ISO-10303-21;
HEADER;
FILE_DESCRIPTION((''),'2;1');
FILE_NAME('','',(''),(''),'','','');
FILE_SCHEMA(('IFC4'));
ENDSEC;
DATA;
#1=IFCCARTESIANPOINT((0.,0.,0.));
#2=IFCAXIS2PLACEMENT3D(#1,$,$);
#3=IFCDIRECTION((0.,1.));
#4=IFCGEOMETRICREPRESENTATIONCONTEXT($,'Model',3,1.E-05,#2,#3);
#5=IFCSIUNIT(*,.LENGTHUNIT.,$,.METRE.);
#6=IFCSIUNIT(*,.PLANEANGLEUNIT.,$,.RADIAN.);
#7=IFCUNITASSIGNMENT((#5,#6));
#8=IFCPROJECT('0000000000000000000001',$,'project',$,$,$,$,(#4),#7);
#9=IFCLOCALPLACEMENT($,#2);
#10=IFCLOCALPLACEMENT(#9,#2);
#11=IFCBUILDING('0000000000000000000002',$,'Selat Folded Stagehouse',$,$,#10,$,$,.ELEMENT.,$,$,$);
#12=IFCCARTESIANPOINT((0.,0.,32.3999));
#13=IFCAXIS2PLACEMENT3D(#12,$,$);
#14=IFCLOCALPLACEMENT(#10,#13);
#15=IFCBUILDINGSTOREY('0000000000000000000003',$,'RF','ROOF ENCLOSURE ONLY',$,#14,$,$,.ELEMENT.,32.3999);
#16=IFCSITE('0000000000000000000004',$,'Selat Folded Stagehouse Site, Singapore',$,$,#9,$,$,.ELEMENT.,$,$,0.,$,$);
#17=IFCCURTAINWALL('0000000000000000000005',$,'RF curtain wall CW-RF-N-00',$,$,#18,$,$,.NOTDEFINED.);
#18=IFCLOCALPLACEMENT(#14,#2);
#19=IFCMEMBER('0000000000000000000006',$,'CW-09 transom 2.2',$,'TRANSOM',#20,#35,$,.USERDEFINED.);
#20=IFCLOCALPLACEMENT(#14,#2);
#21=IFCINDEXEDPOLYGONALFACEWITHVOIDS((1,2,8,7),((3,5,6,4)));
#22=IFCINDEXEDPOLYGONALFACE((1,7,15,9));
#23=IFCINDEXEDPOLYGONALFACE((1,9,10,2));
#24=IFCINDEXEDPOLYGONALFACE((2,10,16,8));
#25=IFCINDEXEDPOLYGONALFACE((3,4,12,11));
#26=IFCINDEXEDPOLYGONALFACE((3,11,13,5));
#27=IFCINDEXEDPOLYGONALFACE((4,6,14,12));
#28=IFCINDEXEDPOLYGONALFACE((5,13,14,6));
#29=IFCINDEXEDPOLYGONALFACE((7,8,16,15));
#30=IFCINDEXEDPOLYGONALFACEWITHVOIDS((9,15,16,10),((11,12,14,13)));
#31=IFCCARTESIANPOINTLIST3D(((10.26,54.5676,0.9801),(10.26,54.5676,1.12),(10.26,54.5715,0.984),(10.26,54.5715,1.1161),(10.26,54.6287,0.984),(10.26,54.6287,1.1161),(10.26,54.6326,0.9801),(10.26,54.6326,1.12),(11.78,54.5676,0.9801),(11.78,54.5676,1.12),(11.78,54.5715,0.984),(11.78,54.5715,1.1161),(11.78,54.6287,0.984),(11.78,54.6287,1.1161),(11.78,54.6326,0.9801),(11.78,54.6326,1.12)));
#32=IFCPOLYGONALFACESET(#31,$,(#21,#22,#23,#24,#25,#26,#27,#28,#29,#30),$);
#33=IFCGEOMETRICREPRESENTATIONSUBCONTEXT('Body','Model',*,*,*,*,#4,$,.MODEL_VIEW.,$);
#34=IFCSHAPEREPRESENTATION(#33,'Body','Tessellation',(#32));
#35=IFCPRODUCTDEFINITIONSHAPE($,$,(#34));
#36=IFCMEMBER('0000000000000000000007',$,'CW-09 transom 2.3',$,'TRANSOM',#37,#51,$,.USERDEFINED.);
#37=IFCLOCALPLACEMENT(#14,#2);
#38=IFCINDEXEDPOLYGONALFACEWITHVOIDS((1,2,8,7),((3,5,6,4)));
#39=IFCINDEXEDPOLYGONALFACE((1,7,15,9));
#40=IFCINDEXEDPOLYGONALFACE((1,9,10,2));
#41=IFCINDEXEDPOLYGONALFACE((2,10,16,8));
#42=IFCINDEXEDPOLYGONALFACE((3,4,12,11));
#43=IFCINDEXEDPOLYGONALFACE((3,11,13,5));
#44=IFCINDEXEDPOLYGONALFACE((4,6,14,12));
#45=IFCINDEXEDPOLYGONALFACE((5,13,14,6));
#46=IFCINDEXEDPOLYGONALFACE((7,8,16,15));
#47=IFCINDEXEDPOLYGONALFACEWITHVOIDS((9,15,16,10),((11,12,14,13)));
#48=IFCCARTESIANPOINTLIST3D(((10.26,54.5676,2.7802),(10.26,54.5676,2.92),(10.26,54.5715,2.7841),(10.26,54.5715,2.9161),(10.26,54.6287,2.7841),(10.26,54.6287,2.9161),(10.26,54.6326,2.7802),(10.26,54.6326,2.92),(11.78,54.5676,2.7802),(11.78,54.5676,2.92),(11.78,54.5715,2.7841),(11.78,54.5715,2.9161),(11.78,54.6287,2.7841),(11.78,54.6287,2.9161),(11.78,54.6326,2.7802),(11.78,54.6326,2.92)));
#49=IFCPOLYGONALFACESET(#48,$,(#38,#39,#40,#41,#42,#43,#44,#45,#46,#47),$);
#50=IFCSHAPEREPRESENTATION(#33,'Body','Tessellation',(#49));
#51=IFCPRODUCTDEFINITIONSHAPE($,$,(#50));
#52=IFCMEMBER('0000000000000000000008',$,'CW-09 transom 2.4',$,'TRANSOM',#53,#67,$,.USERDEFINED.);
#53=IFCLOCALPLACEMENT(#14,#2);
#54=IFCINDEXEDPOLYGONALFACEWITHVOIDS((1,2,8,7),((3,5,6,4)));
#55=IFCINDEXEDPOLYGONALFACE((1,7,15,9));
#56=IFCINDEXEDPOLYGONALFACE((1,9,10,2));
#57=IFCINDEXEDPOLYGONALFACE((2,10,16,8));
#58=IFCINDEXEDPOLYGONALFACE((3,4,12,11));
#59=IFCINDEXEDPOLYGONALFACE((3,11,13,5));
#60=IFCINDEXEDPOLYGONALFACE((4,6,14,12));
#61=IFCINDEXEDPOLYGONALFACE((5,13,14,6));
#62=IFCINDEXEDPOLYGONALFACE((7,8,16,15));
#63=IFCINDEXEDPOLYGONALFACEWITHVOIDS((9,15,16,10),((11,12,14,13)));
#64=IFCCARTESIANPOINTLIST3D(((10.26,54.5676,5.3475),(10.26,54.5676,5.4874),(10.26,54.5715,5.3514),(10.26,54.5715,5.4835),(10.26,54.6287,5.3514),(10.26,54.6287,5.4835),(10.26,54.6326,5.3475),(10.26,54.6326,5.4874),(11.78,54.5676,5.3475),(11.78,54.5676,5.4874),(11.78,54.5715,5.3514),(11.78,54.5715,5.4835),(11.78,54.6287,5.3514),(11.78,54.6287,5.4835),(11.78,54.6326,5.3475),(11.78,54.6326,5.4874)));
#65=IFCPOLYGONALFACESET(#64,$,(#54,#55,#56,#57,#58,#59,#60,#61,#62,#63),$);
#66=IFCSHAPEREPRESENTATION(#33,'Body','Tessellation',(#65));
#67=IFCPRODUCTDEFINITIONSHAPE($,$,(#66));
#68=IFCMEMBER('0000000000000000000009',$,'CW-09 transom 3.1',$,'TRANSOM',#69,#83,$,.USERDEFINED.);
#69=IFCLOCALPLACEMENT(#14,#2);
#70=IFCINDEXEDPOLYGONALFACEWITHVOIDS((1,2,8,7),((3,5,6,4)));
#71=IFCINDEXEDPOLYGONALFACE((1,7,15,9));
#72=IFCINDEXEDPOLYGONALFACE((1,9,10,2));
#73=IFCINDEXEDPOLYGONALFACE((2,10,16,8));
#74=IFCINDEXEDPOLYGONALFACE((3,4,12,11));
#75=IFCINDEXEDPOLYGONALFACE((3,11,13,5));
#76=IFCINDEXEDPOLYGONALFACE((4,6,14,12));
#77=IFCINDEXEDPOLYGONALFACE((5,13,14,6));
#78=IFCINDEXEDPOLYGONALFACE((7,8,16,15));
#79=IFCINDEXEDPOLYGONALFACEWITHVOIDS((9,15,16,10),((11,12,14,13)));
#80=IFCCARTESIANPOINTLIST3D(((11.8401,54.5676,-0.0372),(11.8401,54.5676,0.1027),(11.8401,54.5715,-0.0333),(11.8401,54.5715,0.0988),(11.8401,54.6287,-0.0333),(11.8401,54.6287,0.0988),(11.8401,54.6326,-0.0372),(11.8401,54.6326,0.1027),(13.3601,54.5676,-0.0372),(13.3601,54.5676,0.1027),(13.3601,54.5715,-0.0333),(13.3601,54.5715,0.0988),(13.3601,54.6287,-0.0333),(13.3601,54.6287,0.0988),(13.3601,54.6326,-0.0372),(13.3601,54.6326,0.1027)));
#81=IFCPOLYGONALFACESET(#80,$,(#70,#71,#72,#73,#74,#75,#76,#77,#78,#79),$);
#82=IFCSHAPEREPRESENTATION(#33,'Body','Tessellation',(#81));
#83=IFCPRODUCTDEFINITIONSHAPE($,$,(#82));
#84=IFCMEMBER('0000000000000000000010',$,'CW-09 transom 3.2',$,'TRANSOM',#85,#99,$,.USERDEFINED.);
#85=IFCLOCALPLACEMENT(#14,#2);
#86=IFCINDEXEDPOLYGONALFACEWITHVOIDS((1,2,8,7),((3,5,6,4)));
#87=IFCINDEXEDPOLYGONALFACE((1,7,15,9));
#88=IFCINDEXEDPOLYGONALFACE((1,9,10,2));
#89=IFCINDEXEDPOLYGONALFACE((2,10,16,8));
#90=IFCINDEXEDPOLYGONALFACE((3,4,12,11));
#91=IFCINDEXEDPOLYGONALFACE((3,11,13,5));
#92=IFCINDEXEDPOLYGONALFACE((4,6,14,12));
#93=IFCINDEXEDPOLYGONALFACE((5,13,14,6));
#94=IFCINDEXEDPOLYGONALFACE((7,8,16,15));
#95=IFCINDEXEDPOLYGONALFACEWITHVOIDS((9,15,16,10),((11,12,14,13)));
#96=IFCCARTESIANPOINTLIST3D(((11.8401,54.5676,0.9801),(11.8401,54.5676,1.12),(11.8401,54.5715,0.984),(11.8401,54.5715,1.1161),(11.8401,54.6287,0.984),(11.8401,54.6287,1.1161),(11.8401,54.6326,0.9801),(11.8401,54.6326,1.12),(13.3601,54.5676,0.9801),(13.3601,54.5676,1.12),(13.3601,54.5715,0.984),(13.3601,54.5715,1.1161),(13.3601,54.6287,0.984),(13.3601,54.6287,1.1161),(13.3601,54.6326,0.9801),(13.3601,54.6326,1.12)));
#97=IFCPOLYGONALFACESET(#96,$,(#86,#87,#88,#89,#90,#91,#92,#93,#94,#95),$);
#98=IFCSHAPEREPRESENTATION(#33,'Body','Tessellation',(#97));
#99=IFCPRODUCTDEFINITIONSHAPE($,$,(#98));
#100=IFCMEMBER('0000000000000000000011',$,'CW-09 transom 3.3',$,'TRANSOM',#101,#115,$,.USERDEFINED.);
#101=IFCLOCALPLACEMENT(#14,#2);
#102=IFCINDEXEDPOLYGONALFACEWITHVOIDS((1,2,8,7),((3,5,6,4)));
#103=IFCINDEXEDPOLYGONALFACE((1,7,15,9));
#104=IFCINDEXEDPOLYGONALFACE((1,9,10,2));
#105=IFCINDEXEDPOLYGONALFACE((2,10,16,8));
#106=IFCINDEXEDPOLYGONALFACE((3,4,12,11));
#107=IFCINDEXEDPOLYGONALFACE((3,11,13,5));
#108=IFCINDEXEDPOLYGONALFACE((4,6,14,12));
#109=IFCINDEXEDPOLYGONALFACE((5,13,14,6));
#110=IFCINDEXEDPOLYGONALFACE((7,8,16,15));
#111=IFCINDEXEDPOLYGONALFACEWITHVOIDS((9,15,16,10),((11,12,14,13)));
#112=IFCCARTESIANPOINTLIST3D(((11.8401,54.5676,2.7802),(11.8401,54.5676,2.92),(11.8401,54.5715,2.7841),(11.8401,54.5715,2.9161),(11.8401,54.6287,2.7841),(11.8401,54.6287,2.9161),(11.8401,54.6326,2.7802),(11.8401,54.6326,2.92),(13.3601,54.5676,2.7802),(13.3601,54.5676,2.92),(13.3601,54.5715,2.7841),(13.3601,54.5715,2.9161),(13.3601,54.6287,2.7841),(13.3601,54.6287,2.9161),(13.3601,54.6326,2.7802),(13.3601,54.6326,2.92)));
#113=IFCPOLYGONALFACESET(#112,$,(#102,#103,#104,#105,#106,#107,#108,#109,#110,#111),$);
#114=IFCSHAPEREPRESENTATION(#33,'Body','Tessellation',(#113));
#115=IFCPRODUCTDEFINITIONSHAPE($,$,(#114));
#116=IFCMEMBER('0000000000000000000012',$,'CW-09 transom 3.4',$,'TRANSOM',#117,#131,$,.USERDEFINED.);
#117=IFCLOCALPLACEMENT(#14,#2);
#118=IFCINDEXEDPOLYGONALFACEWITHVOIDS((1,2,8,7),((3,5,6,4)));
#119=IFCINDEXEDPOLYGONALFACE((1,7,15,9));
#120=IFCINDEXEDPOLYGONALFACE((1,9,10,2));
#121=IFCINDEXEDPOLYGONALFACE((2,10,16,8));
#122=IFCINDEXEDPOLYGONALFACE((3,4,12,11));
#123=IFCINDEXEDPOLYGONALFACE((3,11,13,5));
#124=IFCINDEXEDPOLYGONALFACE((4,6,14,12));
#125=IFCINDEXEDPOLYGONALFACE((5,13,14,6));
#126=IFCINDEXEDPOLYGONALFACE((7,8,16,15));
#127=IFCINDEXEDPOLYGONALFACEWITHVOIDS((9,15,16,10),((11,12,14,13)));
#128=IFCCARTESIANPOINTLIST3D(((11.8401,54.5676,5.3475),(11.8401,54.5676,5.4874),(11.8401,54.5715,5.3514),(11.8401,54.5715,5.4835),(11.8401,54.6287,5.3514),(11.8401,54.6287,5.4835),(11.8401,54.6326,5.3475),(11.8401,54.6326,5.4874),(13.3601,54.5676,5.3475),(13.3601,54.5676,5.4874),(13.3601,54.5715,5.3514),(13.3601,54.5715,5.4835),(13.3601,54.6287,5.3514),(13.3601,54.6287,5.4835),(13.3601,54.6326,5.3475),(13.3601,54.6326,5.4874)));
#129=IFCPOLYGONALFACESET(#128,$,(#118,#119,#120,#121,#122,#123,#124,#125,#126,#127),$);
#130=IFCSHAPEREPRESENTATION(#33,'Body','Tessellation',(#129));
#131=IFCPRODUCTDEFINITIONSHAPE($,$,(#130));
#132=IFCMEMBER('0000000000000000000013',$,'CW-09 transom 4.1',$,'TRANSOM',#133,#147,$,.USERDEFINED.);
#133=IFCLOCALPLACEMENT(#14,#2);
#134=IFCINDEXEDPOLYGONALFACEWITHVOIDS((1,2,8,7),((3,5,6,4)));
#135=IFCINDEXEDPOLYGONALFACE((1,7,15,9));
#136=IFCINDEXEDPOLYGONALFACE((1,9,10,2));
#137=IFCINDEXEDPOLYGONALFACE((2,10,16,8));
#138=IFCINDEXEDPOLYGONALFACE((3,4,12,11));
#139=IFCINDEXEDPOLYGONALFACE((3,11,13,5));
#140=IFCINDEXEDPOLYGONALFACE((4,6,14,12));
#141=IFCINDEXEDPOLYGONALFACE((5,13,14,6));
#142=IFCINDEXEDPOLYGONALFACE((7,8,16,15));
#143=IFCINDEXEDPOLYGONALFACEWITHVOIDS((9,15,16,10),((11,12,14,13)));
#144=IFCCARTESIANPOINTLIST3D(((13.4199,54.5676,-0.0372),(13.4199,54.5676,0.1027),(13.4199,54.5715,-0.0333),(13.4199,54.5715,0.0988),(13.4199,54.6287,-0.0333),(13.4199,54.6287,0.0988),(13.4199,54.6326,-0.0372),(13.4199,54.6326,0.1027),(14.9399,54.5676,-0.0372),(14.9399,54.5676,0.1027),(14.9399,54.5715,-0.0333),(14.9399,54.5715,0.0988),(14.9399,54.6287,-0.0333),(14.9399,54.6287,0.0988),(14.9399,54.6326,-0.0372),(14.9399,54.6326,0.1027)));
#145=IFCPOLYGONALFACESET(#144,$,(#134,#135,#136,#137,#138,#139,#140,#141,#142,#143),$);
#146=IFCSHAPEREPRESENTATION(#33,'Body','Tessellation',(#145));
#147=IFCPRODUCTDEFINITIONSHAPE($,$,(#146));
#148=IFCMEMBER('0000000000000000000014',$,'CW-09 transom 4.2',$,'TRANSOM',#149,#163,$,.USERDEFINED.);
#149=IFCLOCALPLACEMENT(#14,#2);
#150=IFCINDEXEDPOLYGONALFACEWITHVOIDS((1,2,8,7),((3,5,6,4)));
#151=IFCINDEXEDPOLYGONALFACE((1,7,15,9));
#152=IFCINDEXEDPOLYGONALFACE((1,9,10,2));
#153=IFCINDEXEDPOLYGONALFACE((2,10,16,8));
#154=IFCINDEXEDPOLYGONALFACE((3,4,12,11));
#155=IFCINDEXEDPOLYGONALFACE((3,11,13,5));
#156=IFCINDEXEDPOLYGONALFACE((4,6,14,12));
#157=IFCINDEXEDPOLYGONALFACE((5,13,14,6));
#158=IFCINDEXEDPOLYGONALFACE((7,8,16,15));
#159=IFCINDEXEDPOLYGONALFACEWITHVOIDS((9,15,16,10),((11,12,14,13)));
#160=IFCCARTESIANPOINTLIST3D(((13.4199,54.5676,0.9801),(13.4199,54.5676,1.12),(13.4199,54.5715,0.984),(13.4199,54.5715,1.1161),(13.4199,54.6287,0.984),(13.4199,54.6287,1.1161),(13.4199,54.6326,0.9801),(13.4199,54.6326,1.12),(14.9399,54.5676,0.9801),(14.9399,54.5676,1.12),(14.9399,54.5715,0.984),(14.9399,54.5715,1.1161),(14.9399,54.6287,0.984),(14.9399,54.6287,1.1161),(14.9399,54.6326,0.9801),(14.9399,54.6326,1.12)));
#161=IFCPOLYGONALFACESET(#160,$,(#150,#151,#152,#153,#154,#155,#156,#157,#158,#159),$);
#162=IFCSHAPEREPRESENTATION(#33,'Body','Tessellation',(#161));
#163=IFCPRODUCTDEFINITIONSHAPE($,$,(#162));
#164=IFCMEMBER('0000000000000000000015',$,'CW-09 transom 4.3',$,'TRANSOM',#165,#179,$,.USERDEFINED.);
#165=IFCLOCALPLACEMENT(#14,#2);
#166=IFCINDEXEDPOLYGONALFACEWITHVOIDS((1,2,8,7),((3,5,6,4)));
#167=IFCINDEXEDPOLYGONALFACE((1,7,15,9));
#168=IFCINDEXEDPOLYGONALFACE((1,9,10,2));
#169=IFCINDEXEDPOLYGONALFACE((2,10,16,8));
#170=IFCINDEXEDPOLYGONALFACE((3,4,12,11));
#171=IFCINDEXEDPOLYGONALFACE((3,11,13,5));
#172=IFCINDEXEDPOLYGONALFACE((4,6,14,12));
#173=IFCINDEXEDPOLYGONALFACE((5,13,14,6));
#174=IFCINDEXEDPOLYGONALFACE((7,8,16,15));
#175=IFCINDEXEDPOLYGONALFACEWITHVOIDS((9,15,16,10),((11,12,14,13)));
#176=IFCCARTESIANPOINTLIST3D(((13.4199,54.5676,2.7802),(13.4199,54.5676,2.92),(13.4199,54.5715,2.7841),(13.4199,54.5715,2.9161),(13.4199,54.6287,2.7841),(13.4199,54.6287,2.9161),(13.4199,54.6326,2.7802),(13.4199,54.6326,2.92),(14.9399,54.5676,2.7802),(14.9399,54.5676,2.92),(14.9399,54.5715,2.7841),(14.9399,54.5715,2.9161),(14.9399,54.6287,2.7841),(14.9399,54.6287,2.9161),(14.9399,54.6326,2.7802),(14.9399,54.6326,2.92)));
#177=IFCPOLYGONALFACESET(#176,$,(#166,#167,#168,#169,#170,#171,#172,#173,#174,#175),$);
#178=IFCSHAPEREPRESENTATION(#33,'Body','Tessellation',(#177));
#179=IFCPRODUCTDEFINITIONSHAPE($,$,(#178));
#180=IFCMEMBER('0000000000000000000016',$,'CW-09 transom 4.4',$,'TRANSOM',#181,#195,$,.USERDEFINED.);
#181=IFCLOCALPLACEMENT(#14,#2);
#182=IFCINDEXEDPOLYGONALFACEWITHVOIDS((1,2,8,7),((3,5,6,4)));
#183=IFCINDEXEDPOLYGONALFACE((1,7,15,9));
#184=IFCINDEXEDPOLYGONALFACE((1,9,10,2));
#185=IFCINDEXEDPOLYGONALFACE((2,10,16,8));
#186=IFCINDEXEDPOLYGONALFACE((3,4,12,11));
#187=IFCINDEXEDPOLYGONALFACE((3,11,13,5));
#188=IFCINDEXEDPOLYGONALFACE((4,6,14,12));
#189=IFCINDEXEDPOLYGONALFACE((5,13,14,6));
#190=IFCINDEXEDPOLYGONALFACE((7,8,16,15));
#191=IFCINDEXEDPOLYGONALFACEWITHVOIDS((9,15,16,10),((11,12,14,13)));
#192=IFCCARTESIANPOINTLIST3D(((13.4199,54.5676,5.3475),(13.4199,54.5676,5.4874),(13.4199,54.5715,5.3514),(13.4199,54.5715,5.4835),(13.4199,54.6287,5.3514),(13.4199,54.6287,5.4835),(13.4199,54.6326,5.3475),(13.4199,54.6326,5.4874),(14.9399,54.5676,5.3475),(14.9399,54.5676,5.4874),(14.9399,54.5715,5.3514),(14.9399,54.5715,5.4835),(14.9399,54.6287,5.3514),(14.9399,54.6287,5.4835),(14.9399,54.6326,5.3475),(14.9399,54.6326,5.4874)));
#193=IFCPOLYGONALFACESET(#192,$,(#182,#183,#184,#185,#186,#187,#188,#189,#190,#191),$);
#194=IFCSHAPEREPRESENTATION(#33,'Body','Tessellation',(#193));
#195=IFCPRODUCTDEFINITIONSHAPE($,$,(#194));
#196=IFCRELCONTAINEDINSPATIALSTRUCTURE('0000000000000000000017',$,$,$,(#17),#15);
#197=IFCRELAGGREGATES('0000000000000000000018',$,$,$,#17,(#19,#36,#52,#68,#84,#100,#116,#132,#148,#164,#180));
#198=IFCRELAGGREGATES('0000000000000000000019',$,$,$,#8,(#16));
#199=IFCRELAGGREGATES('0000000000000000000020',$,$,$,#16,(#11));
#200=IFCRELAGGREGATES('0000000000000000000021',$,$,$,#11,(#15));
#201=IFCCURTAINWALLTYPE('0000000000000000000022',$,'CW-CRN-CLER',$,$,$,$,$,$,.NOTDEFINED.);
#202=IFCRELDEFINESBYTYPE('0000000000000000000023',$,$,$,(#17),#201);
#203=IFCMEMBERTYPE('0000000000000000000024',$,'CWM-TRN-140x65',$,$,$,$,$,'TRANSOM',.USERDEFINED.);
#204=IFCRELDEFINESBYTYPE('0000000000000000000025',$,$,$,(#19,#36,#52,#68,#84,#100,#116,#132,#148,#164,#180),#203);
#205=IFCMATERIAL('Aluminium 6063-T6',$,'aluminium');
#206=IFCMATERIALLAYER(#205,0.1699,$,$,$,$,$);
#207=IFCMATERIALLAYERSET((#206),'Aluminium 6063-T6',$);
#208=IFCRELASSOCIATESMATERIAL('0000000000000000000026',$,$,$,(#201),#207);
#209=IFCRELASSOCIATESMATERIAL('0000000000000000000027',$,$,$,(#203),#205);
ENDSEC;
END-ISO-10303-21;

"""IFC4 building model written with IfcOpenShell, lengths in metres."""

from ifc_helpers import new_model, si_unit, direction, frame, origin, origin_2d, place, context, subcontext, project, spatial, hollow_rectangle, extrude, material, layer, layer_set, material_profile, profile_set, type_object, element, aggregate, save


model = new_model("IFC4")

# Units and contexts
model_context = context("Model", 3, precision=1e-05, world=origin(), true_north=direction((0.0, 1.0)))
body_context = subcontext(model_context, "Body", "Model", "MODEL_VIEW")
ifc_project = project(units=[si_unit("LENGTHUNIT", "METRE"), si_unit("PLANEANGLEUNIT", "RADIAN")], contexts=[model_context])

# Site, building, storey
site_placement = place(None, origin())
site = spatial("IfcSite", under=ifc_project, at=site_placement, Name="Selat Folded Stagehouse Site, Singapore", CompositionType="ELEMENT", RefElevation=0.0)
building_placement = place(site_placement, origin())
building = spatial("IfcBuilding", under=site, at=building_placement, Name="Selat Folded Stagehouse", CompositionType="ELEMENT")
storey_placement = place(building_placement, frame((0.0, 0.0, 32.3999)))
storey = spatial("IfcBuildingStorey", under=building, at=storey_placement, Name="RF", Description="ROOF ENCLOSURE ONLY", CompositionType="ELEMENT", Elevation=32.3999)

# Curtain wall, members
ifc_material_1 = material(Name="Aluminium 6063-T6", Category="aluminium")
ifc_layer_1 = layer(ifc_material_1, 0.1699)
ifc_layer_set_1 = layer_set([ifc_layer_1], Name="Aluminium 6063-T6")
curtain_wall_type = type_object("IfcCurtainWallType", Name="CW-CRN-CLER", PredefinedType="NOTDEFINED", material=ifc_layer_set_1)
curtain_wall_placement = place(storey_placement, origin())
curtain_wall = element("IfcCurtainWall", 1, at=curtain_wall_placement, inside=storey, type_object=curtain_wall_type, Name="RF curtain wall CW-RF-N-00", PredefinedType="NOTDEFINED")
ifc_material_profile_1 = material_profile(ifc_material_1, hollow_rectangle(XDim=0.0649, YDim=0.1399, WallThickness=0.0039, at=origin_2d()), Name="ALU 140x65x4.0")
ifc_profile_set_1 = profile_set([ifc_material_profile_1], Name="Aluminium 6063-T6")
member_type_1 = type_object("IfcMemberType", Name="CWM-TRN-140x65", ElementType="TRANSOM", PredefinedType="USERDEFINED", material=ifc_profile_set_1)
member_1_placement = place(storey_placement, frame((10.26, 54.6001, 1.05), z_axis=(1.0, 0.0, 0.0), x_axis=(0.0, 1.0, 0.0)))
member_1 = element("IfcMember", 2, at=member_1_placement, type_object=member_type_1, Name="CW-09 transom 2.2", ObjectType="TRANSOM", PredefinedType="USERDEFINED", context=body_context, shape_type="SweptSolid", body=[
    extrude(hollow_rectangle(XDim=0.0649, YDim=0.1399, WallThickness=0.0039, at=origin_2d()), origin(), (0.0, 0.0, 1.0), 1.52),
])
member_2_placement = place(storey_placement, frame((10.26, 54.6001, 2.8501), z_axis=(1.0, 0.0, 0.0), x_axis=(0.0, 1.0, 0.0)))
member_2 = element("IfcMember", 3, at=member_2_placement, type_object=member_type_1, Name="CW-09 transom 2.3", ObjectType="TRANSOM", PredefinedType="USERDEFINED", context=body_context, shape_type="SweptSolid", body=[
    extrude(hollow_rectangle(XDim=0.0649, YDim=0.1399, WallThickness=0.0039, at=origin_2d()), origin(), (0.0, 0.0, 1.0), 1.52),
])
member_3_placement = place(storey_placement, frame((10.26, 54.6001, 5.4175), z_axis=(1.0, 0.0, 0.0), x_axis=(0.0, 1.0, 0.0)))
member_3 = element("IfcMember", 4, at=member_3_placement, type_object=member_type_1, Name="CW-09 transom 2.4", ObjectType="TRANSOM", PredefinedType="USERDEFINED", context=body_context, shape_type="SweptSolid", body=[
    extrude(hollow_rectangle(XDim=0.0649, YDim=0.1399, WallThickness=0.0039, at=origin_2d()), origin(), (0.0, 0.0, 1.0), 1.52),
])
member_4_placement = place(storey_placement, frame((11.8401, 54.6001, 0.0327), z_axis=(1.0, 0.0, 0.0), x_axis=(0.0, 1.0, 0.0)))
member_4 = element("IfcMember", 5, at=member_4_placement, type_object=member_type_1, Name="CW-09 transom 3.1", ObjectType="TRANSOM", PredefinedType="USERDEFINED", context=body_context, shape_type="SweptSolid", body=[
    extrude(hollow_rectangle(XDim=0.0649, YDim=0.1399, WallThickness=0.0039, at=origin_2d()), origin(), (0.0, 0.0, 1.0), 1.52),
])
member_5_placement = place(storey_placement, frame((11.8401, 54.6001, 1.05), z_axis=(1.0, 0.0, 0.0), x_axis=(0.0, 1.0, 0.0)))
member_5 = element("IfcMember", 6, at=member_5_placement, type_object=member_type_1, Name="CW-09 transom 3.2", ObjectType="TRANSOM", PredefinedType="USERDEFINED", context=body_context, shape_type="SweptSolid", body=[
    extrude(hollow_rectangle(XDim=0.0649, YDim=0.1399, WallThickness=0.0039, at=origin_2d()), origin(), (0.0, 0.0, 1.0), 1.52),
])
member_6_placement = place(storey_placement, frame((11.8401, 54.6001, 2.8501), z_axis=(1.0, 0.0, 0.0), x_axis=(0.0, 1.0, 0.0)))
member_6 = element("IfcMember", 7, at=member_6_placement, type_object=member_type_1, Name="CW-09 transom 3.3", ObjectType="TRANSOM", PredefinedType="USERDEFINED", context=body_context, shape_type="SweptSolid", body=[
    extrude(hollow_rectangle(XDim=0.0649, YDim=0.1399, WallThickness=0.0039, at=origin_2d()), origin(), (0.0, 0.0, 1.0), 1.52),
])
member_7_placement = place(storey_placement, frame((11.8401, 54.6001, 5.4175), z_axis=(1.0, 0.0, 0.0), x_axis=(0.0, 1.0, 0.0)))
member_7 = element("IfcMember", 8, at=member_7_placement, type_object=member_type_1, Name="CW-09 transom 3.4", ObjectType="TRANSOM", PredefinedType="USERDEFINED", context=body_context, shape_type="SweptSolid", body=[
    extrude(hollow_rectangle(XDim=0.0649, YDim=0.1399, WallThickness=0.0039, at=origin_2d()), origin(), (0.0, 0.0, 1.0), 1.52),
])
member_8_placement = place(storey_placement, frame((13.4199, 54.6001, 0.0327), z_axis=(1.0, 0.0, 0.0), x_axis=(0.0, 1.0, 0.0)))
member_8 = element("IfcMember", 9, at=member_8_placement, type_object=member_type_1, Name="CW-09 transom 4.1", ObjectType="TRANSOM", PredefinedType="USERDEFINED", context=body_context, shape_type="SweptSolid", body=[
    extrude(hollow_rectangle(XDim=0.0649, YDim=0.1399, WallThickness=0.0039, at=origin_2d()), origin(), (0.0, 0.0, 1.0), 1.52),
])
member_9_placement = place(storey_placement, frame((13.4199, 54.6001, 1.05), z_axis=(1.0, 0.0, 0.0), x_axis=(0.0, 1.0, 0.0)))
member_9 = element("IfcMember", 10, at=member_9_placement, type_object=member_type_1, Name="CW-09 transom 4.2", ObjectType="TRANSOM", PredefinedType="USERDEFINED", context=body_context, shape_type="SweptSolid", body=[
    extrude(hollow_rectangle(XDim=0.0649, YDim=0.1399, WallThickness=0.0039, at=origin_2d()), origin(), (0.0, 0.0, 1.0), 1.52),
])
member_10_placement = place(storey_placement, frame((13.4199, 54.6001, 2.8501), z_axis=(1.0, 0.0, 0.0), x_axis=(0.0, 1.0, 0.0)))
member_10 = element("IfcMember", 11, at=member_10_placement, type_object=member_type_1, Name="CW-09 transom 4.3", ObjectType="TRANSOM", PredefinedType="USERDEFINED", context=body_context, shape_type="SweptSolid", body=[
    extrude(hollow_rectangle(XDim=0.0649, YDim=0.1399, WallThickness=0.0039, at=origin_2d()), origin(), (0.0, 0.0, 1.0), 1.52),
])
member_11_placement = place(storey_placement, frame((13.4199, 54.6001, 5.4175), z_axis=(1.0, 0.0, 0.0), x_axis=(0.0, 1.0, 0.0)))
member_11 = element("IfcMember", 12, at=member_11_placement, type_object=member_type_1, Name="CW-09 transom 4.4", ObjectType="TRANSOM", PredefinedType="USERDEFINED", context=body_context, shape_type="SweptSolid", body=[
    extrude(hollow_rectangle(XDim=0.0649, YDim=0.1399, WallThickness=0.0039, at=origin_2d()), origin(), (0.0, 0.0, 1.0), 1.52),
])

aggregate(curtain_wall, [member_1, member_2, member_3, member_4, member_5, member_6, member_7, member_8, member_9, member_10, member_11])

save(model, "model.ifc")
